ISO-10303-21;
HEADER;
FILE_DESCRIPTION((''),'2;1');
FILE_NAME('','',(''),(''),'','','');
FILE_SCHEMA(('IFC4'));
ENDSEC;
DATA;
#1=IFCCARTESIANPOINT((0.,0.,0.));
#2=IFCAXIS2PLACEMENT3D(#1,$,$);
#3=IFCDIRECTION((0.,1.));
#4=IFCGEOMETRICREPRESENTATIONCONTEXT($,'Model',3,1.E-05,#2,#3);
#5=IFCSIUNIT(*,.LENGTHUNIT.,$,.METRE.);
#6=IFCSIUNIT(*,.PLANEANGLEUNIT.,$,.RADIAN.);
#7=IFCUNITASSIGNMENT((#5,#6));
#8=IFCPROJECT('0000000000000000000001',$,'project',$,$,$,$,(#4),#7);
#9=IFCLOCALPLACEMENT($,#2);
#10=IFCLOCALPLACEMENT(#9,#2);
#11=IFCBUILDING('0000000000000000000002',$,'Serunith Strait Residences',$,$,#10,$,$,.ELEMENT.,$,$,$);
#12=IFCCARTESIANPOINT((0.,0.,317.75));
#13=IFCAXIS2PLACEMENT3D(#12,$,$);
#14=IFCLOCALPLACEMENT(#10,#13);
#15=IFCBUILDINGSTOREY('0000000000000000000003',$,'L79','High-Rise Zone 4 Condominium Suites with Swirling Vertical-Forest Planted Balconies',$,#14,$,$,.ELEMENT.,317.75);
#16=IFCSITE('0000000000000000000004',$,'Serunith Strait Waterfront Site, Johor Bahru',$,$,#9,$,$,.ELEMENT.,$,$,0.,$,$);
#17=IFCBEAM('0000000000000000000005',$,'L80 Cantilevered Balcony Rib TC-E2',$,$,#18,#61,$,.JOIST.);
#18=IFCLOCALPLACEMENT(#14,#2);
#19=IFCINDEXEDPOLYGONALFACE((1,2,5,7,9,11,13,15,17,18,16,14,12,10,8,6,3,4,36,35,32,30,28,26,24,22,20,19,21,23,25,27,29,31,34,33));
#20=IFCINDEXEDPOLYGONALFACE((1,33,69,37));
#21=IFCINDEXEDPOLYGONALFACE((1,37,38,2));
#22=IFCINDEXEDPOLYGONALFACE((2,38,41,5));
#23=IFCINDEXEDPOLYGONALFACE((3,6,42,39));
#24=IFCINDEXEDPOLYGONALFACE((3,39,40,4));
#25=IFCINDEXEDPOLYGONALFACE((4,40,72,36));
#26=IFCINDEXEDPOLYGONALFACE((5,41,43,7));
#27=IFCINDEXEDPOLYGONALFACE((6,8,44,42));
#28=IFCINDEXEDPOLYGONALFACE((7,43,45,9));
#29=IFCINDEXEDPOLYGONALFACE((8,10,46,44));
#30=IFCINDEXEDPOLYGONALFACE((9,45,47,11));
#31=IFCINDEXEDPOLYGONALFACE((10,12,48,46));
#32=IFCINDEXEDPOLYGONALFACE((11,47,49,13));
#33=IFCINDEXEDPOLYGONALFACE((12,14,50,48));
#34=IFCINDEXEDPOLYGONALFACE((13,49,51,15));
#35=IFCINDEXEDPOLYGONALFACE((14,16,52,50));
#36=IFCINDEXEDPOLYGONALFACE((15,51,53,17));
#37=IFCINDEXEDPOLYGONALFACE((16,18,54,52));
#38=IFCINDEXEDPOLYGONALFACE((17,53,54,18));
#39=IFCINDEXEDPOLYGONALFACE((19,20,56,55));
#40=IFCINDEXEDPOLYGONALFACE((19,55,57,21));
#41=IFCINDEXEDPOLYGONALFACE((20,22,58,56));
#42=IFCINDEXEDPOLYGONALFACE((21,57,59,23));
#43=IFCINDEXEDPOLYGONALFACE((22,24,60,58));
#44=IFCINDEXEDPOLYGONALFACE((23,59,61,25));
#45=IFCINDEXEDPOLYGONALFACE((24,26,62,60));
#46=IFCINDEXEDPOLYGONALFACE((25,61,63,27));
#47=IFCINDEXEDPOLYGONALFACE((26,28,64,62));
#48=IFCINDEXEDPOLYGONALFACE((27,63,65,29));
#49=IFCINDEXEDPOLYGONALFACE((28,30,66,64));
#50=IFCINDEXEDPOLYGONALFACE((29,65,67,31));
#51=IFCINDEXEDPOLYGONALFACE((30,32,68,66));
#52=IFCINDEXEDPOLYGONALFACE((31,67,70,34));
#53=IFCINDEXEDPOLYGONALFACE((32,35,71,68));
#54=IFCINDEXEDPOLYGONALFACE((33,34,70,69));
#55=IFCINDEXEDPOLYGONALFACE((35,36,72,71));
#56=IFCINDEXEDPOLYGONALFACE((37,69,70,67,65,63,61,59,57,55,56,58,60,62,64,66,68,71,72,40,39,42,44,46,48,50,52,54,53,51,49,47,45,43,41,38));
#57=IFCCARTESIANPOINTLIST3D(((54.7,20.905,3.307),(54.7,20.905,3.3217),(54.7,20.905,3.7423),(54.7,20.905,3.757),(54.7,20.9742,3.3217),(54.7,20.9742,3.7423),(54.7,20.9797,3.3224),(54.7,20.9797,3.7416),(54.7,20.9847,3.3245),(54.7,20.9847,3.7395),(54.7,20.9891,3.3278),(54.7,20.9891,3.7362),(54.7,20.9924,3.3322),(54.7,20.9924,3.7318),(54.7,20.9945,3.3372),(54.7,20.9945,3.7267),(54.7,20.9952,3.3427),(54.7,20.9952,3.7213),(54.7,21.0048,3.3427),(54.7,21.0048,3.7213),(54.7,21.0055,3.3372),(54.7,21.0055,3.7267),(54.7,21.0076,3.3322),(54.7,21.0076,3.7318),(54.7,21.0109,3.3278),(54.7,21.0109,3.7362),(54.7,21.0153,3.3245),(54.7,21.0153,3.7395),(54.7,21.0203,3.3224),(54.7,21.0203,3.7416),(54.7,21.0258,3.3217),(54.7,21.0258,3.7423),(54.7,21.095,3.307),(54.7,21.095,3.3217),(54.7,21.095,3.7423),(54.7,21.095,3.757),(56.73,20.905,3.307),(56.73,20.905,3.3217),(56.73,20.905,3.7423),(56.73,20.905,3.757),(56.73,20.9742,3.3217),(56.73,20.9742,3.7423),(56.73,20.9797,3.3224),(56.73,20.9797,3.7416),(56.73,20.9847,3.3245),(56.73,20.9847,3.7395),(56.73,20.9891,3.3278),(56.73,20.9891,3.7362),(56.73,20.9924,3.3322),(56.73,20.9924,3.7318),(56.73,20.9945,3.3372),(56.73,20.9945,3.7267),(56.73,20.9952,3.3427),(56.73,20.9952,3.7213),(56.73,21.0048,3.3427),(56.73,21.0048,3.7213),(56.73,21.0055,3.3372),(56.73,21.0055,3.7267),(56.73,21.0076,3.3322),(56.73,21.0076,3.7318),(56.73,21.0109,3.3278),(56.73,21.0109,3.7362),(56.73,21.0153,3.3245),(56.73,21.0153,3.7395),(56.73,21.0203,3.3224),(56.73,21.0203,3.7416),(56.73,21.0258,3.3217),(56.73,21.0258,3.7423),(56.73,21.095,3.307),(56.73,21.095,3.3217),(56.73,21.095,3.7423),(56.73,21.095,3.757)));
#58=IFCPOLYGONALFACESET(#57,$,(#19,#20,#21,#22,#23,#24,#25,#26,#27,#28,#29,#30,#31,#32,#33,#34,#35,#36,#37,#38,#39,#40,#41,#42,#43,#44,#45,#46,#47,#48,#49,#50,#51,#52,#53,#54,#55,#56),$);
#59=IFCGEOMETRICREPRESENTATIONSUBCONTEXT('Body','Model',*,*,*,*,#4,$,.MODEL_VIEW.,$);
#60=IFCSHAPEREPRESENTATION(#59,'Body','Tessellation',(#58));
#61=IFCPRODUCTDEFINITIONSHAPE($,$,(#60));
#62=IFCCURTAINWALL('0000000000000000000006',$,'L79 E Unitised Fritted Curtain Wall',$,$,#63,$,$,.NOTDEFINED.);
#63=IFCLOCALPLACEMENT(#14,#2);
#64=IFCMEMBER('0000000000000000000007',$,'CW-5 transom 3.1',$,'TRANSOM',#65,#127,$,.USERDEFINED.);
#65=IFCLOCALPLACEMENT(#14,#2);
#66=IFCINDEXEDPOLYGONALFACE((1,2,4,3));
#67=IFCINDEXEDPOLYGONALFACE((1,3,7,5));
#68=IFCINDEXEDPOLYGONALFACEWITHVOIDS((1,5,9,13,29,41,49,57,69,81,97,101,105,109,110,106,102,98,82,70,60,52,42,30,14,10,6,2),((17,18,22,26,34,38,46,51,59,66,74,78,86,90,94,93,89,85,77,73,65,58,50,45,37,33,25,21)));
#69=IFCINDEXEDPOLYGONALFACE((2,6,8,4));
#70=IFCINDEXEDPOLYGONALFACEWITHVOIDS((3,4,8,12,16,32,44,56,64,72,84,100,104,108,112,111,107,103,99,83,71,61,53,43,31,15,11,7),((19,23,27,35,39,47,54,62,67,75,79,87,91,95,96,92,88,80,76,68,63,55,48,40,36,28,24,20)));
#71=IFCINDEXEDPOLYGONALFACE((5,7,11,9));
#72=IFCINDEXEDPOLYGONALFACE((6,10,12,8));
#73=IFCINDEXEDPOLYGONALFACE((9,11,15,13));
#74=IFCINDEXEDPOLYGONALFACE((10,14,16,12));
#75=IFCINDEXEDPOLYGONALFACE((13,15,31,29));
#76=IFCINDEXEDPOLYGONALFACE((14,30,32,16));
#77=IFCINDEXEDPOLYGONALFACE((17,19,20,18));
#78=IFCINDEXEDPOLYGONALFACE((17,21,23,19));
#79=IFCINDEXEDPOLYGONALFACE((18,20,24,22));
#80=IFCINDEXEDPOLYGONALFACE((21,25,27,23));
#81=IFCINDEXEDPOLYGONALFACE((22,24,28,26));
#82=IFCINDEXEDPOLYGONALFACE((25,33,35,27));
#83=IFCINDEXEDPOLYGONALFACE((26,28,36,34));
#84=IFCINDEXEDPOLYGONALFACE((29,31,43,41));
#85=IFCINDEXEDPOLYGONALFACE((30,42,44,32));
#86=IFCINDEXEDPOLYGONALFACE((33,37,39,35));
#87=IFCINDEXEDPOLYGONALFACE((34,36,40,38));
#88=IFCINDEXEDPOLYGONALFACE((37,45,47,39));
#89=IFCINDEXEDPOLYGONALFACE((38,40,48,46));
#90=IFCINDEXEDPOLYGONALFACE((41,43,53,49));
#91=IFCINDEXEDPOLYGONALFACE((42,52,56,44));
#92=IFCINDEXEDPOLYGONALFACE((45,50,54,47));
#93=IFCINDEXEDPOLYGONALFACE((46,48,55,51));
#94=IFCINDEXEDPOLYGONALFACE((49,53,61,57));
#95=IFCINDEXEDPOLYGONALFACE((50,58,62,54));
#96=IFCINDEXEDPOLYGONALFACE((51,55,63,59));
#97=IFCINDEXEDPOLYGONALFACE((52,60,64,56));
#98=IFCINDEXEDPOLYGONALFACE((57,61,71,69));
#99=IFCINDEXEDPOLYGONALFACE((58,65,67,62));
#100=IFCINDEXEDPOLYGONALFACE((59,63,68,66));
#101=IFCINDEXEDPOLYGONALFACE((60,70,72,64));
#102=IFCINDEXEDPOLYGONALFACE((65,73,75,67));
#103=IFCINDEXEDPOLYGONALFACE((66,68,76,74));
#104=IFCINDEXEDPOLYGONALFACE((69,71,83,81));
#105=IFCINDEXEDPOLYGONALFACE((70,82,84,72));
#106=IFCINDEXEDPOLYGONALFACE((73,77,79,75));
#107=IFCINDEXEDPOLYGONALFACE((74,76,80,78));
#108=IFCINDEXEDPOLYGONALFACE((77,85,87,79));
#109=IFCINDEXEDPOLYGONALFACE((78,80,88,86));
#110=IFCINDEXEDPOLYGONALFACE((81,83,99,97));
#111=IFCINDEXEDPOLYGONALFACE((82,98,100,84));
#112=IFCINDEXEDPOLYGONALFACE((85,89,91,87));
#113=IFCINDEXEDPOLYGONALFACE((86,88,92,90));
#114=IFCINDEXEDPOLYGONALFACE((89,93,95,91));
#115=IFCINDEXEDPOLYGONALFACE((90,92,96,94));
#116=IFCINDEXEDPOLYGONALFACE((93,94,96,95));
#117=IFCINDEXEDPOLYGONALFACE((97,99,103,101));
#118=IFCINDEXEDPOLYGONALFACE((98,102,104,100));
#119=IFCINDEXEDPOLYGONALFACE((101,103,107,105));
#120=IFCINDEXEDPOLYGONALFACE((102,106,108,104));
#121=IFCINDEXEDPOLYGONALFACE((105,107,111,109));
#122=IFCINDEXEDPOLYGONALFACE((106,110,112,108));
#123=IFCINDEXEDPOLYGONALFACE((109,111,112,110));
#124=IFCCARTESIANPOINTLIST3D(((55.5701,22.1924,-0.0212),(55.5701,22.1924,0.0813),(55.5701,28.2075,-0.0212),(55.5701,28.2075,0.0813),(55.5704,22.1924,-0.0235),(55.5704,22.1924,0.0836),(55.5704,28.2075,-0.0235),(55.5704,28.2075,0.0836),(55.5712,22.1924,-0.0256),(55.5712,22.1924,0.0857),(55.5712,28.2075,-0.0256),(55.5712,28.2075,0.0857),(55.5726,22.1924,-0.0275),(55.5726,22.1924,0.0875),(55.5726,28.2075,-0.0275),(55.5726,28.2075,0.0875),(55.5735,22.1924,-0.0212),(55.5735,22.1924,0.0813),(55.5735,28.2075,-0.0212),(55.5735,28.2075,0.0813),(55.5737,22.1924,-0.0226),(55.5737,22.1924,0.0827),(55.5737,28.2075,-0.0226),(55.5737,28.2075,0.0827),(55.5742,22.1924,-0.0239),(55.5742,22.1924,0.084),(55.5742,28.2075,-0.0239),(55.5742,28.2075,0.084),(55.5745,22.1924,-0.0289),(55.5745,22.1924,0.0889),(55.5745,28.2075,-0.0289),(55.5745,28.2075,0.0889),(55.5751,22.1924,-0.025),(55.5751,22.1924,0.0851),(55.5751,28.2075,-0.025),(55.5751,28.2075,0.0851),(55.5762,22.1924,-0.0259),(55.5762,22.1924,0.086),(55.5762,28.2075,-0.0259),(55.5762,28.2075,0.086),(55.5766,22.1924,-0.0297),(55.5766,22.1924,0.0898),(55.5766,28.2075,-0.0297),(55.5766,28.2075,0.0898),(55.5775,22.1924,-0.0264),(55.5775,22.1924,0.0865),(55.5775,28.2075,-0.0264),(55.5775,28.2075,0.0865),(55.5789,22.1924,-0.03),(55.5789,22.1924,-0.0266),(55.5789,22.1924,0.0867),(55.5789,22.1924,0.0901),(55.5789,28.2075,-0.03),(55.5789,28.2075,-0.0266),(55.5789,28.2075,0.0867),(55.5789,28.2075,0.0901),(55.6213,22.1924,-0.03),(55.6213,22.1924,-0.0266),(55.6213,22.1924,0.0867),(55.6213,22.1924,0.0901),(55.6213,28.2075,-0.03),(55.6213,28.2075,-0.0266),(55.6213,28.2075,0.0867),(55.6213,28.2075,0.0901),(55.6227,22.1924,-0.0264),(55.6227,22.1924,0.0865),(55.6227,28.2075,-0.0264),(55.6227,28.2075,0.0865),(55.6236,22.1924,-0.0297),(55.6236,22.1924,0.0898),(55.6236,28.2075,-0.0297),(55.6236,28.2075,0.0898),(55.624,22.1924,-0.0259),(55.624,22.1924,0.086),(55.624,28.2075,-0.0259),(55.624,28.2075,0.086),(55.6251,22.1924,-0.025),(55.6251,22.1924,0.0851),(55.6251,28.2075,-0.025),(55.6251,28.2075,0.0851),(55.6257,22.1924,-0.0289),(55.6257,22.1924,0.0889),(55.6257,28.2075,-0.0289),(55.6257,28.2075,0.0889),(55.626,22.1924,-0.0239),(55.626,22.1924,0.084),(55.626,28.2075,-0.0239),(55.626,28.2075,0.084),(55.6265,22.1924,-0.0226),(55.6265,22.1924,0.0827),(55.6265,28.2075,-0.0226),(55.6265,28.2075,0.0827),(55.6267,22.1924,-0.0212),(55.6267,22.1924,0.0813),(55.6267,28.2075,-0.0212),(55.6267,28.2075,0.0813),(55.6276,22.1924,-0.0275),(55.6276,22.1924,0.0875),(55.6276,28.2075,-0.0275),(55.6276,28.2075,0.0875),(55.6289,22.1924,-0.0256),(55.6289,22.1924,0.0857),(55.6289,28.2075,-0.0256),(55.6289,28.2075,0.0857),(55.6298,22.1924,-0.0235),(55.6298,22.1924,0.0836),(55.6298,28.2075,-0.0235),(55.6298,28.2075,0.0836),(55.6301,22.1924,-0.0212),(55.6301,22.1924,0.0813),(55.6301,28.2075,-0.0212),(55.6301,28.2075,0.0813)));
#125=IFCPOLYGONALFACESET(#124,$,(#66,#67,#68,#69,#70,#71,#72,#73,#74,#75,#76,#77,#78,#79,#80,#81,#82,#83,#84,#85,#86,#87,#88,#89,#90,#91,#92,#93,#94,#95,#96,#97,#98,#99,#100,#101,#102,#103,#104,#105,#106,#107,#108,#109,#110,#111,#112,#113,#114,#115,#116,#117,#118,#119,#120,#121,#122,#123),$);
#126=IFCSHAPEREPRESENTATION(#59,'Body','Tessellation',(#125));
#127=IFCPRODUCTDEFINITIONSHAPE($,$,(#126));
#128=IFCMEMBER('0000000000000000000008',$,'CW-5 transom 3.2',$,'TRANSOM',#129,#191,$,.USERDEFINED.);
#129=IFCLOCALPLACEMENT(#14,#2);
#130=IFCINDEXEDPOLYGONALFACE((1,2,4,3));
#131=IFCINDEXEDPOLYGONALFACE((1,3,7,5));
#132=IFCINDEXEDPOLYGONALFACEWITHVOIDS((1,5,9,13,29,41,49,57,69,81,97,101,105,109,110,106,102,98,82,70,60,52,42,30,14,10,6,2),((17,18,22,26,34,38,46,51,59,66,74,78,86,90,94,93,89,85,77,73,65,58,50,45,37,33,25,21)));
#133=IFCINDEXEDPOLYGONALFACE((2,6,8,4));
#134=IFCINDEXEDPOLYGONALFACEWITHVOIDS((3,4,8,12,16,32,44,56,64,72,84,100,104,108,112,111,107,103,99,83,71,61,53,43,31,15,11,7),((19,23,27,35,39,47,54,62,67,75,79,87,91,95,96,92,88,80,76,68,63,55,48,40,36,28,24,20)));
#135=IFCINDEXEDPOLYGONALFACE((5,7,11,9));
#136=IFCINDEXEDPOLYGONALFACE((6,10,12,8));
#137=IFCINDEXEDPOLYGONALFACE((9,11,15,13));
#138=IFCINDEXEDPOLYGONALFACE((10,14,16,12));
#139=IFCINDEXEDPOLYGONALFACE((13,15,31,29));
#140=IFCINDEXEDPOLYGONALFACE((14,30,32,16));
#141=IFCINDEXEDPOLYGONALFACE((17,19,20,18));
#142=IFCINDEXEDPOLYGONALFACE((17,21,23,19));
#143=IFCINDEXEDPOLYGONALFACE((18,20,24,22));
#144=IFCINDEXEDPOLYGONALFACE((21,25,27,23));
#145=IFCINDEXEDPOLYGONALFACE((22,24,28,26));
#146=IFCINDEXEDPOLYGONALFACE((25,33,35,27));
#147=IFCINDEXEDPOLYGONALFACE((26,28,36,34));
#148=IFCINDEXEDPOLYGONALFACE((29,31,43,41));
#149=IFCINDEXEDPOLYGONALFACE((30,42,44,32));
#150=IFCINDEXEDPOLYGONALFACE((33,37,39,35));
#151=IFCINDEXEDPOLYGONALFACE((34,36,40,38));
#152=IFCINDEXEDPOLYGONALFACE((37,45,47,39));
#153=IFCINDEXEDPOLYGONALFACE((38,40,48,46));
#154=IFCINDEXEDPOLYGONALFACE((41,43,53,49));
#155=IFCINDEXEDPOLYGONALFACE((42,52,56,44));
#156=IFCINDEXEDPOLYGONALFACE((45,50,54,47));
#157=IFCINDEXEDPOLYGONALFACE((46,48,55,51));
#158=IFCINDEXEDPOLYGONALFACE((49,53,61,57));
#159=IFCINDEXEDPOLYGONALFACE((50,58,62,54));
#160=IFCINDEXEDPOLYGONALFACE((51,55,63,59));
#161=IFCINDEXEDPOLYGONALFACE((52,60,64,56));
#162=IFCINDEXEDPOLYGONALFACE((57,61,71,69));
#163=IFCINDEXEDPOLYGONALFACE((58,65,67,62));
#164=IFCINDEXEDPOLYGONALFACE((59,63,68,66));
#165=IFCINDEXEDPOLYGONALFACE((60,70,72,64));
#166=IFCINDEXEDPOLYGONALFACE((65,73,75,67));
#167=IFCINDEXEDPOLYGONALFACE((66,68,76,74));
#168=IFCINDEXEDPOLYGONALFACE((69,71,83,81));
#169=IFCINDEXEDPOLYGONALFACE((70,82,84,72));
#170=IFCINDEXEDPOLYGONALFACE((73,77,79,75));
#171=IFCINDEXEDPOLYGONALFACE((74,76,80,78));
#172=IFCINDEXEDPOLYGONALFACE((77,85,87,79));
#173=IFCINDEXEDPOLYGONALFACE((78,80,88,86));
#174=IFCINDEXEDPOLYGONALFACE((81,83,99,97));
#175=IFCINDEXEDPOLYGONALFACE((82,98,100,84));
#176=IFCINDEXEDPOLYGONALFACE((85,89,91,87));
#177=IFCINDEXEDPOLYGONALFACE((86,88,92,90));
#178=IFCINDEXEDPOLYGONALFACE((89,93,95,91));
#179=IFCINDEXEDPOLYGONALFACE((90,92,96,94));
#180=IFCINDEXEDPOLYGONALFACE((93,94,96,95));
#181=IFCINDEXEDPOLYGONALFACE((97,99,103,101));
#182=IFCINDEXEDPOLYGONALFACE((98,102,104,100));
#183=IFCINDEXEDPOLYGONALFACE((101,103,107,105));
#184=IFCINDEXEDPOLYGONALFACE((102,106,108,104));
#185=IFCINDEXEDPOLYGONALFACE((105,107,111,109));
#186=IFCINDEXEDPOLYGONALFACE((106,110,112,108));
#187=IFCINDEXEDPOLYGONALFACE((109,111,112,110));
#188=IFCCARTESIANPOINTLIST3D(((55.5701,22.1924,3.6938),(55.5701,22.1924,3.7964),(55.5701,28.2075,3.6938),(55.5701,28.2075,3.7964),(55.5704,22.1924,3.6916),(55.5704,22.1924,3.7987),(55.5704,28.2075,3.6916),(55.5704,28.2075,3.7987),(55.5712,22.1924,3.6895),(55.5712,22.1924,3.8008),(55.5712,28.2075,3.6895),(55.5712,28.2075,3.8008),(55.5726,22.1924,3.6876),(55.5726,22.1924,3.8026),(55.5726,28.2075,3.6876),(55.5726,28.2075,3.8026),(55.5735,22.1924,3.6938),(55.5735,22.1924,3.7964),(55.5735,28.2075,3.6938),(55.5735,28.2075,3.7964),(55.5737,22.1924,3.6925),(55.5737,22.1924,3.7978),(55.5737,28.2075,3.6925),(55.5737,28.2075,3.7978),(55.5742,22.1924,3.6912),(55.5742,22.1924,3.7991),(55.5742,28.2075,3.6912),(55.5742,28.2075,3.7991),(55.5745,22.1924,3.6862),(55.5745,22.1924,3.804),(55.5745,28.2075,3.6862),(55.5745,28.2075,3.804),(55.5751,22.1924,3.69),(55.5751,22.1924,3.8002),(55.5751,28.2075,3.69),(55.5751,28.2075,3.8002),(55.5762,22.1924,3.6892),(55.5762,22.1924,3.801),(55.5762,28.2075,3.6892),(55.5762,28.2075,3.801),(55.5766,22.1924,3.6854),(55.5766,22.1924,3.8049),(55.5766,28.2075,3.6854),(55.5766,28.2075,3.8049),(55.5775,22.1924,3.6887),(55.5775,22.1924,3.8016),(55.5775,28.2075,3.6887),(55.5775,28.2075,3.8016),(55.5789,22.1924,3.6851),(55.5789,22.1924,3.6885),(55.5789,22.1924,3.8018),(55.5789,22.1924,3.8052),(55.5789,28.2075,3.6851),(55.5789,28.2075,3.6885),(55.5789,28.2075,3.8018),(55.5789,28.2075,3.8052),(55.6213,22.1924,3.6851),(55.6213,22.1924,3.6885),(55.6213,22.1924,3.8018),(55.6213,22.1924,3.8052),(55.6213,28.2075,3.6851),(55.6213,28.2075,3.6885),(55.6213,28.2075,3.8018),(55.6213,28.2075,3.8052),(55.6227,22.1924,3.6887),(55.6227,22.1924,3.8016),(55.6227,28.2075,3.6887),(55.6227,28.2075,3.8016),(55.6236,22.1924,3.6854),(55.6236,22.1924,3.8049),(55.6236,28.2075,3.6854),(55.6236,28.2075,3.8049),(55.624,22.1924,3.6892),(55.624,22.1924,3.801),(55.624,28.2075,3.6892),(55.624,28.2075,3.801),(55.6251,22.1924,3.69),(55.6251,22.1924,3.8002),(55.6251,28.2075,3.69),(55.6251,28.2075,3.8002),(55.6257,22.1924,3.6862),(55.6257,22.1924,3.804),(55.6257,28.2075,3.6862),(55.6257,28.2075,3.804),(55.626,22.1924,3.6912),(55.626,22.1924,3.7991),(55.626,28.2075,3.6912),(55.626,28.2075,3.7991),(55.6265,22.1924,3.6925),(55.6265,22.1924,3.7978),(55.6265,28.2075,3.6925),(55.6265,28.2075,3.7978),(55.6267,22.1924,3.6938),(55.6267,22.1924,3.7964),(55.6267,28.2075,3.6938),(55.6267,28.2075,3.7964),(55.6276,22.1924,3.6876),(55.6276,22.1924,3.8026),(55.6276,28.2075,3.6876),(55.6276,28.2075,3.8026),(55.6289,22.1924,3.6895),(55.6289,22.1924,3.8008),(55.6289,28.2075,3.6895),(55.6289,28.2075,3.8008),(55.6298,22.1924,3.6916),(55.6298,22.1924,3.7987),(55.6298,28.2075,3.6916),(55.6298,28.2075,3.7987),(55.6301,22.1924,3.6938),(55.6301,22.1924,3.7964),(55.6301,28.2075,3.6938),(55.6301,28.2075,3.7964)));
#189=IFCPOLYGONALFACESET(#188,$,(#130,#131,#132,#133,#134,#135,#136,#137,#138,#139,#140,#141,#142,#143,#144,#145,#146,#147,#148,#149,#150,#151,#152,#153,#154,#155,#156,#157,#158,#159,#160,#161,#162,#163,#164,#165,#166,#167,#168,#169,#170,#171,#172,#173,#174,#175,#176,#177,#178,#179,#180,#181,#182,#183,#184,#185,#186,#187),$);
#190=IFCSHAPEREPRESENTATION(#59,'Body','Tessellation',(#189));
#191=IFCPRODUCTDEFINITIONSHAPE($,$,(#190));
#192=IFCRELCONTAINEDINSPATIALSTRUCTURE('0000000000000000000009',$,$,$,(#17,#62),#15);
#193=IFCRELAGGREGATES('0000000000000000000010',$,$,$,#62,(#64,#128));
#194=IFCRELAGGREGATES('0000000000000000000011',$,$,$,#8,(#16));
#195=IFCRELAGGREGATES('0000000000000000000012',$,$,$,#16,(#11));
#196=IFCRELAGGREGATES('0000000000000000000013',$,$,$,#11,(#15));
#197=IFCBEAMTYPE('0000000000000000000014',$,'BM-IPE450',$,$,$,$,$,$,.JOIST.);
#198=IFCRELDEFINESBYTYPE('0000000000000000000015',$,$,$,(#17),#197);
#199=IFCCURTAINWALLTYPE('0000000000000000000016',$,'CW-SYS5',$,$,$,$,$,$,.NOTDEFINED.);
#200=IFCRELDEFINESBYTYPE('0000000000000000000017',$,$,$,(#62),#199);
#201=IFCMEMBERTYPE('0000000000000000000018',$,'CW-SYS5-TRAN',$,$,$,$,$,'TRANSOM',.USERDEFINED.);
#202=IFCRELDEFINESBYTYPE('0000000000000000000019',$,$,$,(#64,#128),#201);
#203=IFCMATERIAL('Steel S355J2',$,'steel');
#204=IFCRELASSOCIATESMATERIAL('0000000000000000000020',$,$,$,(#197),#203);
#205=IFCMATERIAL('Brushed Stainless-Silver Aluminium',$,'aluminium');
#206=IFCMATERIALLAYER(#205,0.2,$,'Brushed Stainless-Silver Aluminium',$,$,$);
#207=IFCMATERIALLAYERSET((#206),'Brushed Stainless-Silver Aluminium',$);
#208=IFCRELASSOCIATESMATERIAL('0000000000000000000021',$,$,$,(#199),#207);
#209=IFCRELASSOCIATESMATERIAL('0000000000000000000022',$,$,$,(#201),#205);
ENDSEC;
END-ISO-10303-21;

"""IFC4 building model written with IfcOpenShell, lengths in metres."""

from ifc_helpers import new_model, si_unit, direction, frame, origin, origin_2d, place, context, subcontext, project, spatial, hollow_rectangle, i_section, extrude, source, transform, mapped, material, layer, layer_set, material_profile, profile_set, type_object, element, aggregate, save


model = new_model("IFC4")

# Units and contexts
model_context = context("Model", 3, precision=1e-05, world=origin(), true_north=direction((0.0, 1.0)))
body_context = subcontext(model_context, "Body", "Model", "MODEL_VIEW")
ifc_project = project(units=[si_unit("LENGTHUNIT", "METRE"), si_unit("PLANEANGLEUNIT", "RADIAN")], contexts=[model_context])

# Site, building, storey
site_placement = place(None, origin())
site = spatial("IfcSite", under=ifc_project, at=site_placement, Name="Serunith Strait Waterfront Site, Johor Bahru", CompositionType="ELEMENT", RefElevation=0.0)
building_placement = place(site_placement, origin())
building = spatial("IfcBuilding", under=site, at=building_placement, Name="Serunith Strait Residences", CompositionType="ELEMENT")
storey_placement = place(building_placement, frame((0.0, 0.0, 317.75)))
storey = spatial("IfcBuildingStorey", under=building, at=storey_placement, Name="L79", Description="High-Rise Zone 4 Condominium Suites with Swirling Vertical-Forest Planted Balconies", CompositionType="ELEMENT", Elevation=317.75)

# Beam
ifc_material_1 = material(Name="Steel S355J2", Category="steel")
ifc_material_profile_1 = material_profile(ifc_material_1, i_section(OverallWidth=0.1899, OverallDepth=0.45, WebThickness=0.0095, FlangeThickness=0.0146, FilletRadius=0.021, at=origin_2d()), Name="IPE 450")
ifc_profile_set_1 = profile_set([ifc_material_profile_1], Name="Steel S355J2")
beam_type_1 = type_object("IfcBeamType", Name="BM-IPE450", PredefinedType="JOIST", material=ifc_profile_set_1)
shared_shape_1 = source(origin(), body_context, "Body", "SweptSolid", [
    extrude(i_section(OverallWidth=0.1899, OverallDepth=0.45, WebThickness=0.0095, FlangeThickness=0.0146, FilletRadius=0.021, at=origin_2d()), origin(), (0.0, 0.0, 1.0), 2.03),
])
for number, where, z_axis, x_axis, name in (
    (1, (54.7, 21.0, 3.532), (1.0, 0.0, 0.0), (0.0, 1.0, 0.0), "L80 Cantilevered Balcony Rib TC-E2"),
):
    element("IfcBeam", number, at=place(storey_placement, frame(where, z_axis=z_axis, x_axis=x_axis)), inside=storey, type_object=beam_type_1, Name=name, PredefinedType="JOIST", context=body_context, shape_type="MappedRepresentation", body=[
        mapped(shared_shape_1, transform((0.0, 0.0, 0.0), scale=1.0)),
    ])

# Curtain wall, members
ifc_material_2 = material(Name="Brushed Stainless-Silver Aluminium", Category="aluminium")
ifc_layer_1 = layer(ifc_material_2, 0.2, Name="Brushed Stainless-Silver Aluminium")
ifc_layer_set_1 = layer_set([ifc_layer_1], Name="Brushed Stainless-Silver Aluminium")
curtain_wall_type = type_object("IfcCurtainWallType", Name="CW-SYS5", PredefinedType="NOTDEFINED", material=ifc_layer_set_1)
curtain_wall_placement = place(storey_placement, origin())
curtain_wall = element("IfcCurtainWall", 2, at=curtain_wall_placement, inside=storey, type_object=curtain_wall_type, Name="L79 E Unitised Fritted Curtain Wall", PredefinedType="NOTDEFINED")
ifc_material_profile_2 = material_profile(ifc_material_2, hollow_rectangle(XDim=0.0601, YDim=0.1201, WallThickness=0.0034, InnerFilletRadius=0.0054, OuterFilletRadius=0.0088, at=origin_2d()), Name="ALU 120x60x3.5")
ifc_profile_set_2 = profile_set([ifc_material_profile_2], Name="Brushed Stainless-Silver Aluminium")
member_type_1 = type_object("IfcMemberType", Name="CW-SYS5-TRAN", ElementType="TRANSOM", PredefinedType="USERDEFINED", material=ifc_profile_set_2)
shared_shape_2 = source(origin(), body_context, "Body", "SweptSolid", [
    extrude(hollow_rectangle(XDim=0.0601, YDim=0.1201, WallThickness=0.0034, InnerFilletRadius=0.0054, OuterFilletRadius=0.0088, at=origin_2d()), origin(), (0.0, 0.0, 1.0), 6.0151),
])
member_1_placement = place(storey_placement, frame((55.6001, 22.1924, 0.03), z_axis=(0.0, 1.0, 0.0), x_axis=(-1.0, 0.0, 0.0)))
member_1 = element("IfcMember", 3, at=member_1_placement, type_object=member_type_1, Name="CW-5 transom 3.1", ObjectType="TRANSOM", PredefinedType="USERDEFINED", context=body_context, shape_type="MappedRepresentation", body=[
    mapped(shared_shape_2, transform((0.0, 0.0, 0.0), scale=1.0)),
])
member_2_placement = place(storey_placement, frame((55.6001, 22.1924, 3.7451), z_axis=(0.0, 1.0, 0.0), x_axis=(-1.0, 0.0, 0.0)))
member_2 = element("IfcMember", 4, at=member_2_placement, type_object=member_type_1, Name="CW-5 transom 3.2", ObjectType="TRANSOM", PredefinedType="USERDEFINED", context=body_context, shape_type="MappedRepresentation", body=[
    mapped(shared_shape_2, transform((0.0, 0.0, 0.0), scale=1.0)),
])
aggregate(curtain_wall, [member_1, member_2])

save(model, "model.ifc")
